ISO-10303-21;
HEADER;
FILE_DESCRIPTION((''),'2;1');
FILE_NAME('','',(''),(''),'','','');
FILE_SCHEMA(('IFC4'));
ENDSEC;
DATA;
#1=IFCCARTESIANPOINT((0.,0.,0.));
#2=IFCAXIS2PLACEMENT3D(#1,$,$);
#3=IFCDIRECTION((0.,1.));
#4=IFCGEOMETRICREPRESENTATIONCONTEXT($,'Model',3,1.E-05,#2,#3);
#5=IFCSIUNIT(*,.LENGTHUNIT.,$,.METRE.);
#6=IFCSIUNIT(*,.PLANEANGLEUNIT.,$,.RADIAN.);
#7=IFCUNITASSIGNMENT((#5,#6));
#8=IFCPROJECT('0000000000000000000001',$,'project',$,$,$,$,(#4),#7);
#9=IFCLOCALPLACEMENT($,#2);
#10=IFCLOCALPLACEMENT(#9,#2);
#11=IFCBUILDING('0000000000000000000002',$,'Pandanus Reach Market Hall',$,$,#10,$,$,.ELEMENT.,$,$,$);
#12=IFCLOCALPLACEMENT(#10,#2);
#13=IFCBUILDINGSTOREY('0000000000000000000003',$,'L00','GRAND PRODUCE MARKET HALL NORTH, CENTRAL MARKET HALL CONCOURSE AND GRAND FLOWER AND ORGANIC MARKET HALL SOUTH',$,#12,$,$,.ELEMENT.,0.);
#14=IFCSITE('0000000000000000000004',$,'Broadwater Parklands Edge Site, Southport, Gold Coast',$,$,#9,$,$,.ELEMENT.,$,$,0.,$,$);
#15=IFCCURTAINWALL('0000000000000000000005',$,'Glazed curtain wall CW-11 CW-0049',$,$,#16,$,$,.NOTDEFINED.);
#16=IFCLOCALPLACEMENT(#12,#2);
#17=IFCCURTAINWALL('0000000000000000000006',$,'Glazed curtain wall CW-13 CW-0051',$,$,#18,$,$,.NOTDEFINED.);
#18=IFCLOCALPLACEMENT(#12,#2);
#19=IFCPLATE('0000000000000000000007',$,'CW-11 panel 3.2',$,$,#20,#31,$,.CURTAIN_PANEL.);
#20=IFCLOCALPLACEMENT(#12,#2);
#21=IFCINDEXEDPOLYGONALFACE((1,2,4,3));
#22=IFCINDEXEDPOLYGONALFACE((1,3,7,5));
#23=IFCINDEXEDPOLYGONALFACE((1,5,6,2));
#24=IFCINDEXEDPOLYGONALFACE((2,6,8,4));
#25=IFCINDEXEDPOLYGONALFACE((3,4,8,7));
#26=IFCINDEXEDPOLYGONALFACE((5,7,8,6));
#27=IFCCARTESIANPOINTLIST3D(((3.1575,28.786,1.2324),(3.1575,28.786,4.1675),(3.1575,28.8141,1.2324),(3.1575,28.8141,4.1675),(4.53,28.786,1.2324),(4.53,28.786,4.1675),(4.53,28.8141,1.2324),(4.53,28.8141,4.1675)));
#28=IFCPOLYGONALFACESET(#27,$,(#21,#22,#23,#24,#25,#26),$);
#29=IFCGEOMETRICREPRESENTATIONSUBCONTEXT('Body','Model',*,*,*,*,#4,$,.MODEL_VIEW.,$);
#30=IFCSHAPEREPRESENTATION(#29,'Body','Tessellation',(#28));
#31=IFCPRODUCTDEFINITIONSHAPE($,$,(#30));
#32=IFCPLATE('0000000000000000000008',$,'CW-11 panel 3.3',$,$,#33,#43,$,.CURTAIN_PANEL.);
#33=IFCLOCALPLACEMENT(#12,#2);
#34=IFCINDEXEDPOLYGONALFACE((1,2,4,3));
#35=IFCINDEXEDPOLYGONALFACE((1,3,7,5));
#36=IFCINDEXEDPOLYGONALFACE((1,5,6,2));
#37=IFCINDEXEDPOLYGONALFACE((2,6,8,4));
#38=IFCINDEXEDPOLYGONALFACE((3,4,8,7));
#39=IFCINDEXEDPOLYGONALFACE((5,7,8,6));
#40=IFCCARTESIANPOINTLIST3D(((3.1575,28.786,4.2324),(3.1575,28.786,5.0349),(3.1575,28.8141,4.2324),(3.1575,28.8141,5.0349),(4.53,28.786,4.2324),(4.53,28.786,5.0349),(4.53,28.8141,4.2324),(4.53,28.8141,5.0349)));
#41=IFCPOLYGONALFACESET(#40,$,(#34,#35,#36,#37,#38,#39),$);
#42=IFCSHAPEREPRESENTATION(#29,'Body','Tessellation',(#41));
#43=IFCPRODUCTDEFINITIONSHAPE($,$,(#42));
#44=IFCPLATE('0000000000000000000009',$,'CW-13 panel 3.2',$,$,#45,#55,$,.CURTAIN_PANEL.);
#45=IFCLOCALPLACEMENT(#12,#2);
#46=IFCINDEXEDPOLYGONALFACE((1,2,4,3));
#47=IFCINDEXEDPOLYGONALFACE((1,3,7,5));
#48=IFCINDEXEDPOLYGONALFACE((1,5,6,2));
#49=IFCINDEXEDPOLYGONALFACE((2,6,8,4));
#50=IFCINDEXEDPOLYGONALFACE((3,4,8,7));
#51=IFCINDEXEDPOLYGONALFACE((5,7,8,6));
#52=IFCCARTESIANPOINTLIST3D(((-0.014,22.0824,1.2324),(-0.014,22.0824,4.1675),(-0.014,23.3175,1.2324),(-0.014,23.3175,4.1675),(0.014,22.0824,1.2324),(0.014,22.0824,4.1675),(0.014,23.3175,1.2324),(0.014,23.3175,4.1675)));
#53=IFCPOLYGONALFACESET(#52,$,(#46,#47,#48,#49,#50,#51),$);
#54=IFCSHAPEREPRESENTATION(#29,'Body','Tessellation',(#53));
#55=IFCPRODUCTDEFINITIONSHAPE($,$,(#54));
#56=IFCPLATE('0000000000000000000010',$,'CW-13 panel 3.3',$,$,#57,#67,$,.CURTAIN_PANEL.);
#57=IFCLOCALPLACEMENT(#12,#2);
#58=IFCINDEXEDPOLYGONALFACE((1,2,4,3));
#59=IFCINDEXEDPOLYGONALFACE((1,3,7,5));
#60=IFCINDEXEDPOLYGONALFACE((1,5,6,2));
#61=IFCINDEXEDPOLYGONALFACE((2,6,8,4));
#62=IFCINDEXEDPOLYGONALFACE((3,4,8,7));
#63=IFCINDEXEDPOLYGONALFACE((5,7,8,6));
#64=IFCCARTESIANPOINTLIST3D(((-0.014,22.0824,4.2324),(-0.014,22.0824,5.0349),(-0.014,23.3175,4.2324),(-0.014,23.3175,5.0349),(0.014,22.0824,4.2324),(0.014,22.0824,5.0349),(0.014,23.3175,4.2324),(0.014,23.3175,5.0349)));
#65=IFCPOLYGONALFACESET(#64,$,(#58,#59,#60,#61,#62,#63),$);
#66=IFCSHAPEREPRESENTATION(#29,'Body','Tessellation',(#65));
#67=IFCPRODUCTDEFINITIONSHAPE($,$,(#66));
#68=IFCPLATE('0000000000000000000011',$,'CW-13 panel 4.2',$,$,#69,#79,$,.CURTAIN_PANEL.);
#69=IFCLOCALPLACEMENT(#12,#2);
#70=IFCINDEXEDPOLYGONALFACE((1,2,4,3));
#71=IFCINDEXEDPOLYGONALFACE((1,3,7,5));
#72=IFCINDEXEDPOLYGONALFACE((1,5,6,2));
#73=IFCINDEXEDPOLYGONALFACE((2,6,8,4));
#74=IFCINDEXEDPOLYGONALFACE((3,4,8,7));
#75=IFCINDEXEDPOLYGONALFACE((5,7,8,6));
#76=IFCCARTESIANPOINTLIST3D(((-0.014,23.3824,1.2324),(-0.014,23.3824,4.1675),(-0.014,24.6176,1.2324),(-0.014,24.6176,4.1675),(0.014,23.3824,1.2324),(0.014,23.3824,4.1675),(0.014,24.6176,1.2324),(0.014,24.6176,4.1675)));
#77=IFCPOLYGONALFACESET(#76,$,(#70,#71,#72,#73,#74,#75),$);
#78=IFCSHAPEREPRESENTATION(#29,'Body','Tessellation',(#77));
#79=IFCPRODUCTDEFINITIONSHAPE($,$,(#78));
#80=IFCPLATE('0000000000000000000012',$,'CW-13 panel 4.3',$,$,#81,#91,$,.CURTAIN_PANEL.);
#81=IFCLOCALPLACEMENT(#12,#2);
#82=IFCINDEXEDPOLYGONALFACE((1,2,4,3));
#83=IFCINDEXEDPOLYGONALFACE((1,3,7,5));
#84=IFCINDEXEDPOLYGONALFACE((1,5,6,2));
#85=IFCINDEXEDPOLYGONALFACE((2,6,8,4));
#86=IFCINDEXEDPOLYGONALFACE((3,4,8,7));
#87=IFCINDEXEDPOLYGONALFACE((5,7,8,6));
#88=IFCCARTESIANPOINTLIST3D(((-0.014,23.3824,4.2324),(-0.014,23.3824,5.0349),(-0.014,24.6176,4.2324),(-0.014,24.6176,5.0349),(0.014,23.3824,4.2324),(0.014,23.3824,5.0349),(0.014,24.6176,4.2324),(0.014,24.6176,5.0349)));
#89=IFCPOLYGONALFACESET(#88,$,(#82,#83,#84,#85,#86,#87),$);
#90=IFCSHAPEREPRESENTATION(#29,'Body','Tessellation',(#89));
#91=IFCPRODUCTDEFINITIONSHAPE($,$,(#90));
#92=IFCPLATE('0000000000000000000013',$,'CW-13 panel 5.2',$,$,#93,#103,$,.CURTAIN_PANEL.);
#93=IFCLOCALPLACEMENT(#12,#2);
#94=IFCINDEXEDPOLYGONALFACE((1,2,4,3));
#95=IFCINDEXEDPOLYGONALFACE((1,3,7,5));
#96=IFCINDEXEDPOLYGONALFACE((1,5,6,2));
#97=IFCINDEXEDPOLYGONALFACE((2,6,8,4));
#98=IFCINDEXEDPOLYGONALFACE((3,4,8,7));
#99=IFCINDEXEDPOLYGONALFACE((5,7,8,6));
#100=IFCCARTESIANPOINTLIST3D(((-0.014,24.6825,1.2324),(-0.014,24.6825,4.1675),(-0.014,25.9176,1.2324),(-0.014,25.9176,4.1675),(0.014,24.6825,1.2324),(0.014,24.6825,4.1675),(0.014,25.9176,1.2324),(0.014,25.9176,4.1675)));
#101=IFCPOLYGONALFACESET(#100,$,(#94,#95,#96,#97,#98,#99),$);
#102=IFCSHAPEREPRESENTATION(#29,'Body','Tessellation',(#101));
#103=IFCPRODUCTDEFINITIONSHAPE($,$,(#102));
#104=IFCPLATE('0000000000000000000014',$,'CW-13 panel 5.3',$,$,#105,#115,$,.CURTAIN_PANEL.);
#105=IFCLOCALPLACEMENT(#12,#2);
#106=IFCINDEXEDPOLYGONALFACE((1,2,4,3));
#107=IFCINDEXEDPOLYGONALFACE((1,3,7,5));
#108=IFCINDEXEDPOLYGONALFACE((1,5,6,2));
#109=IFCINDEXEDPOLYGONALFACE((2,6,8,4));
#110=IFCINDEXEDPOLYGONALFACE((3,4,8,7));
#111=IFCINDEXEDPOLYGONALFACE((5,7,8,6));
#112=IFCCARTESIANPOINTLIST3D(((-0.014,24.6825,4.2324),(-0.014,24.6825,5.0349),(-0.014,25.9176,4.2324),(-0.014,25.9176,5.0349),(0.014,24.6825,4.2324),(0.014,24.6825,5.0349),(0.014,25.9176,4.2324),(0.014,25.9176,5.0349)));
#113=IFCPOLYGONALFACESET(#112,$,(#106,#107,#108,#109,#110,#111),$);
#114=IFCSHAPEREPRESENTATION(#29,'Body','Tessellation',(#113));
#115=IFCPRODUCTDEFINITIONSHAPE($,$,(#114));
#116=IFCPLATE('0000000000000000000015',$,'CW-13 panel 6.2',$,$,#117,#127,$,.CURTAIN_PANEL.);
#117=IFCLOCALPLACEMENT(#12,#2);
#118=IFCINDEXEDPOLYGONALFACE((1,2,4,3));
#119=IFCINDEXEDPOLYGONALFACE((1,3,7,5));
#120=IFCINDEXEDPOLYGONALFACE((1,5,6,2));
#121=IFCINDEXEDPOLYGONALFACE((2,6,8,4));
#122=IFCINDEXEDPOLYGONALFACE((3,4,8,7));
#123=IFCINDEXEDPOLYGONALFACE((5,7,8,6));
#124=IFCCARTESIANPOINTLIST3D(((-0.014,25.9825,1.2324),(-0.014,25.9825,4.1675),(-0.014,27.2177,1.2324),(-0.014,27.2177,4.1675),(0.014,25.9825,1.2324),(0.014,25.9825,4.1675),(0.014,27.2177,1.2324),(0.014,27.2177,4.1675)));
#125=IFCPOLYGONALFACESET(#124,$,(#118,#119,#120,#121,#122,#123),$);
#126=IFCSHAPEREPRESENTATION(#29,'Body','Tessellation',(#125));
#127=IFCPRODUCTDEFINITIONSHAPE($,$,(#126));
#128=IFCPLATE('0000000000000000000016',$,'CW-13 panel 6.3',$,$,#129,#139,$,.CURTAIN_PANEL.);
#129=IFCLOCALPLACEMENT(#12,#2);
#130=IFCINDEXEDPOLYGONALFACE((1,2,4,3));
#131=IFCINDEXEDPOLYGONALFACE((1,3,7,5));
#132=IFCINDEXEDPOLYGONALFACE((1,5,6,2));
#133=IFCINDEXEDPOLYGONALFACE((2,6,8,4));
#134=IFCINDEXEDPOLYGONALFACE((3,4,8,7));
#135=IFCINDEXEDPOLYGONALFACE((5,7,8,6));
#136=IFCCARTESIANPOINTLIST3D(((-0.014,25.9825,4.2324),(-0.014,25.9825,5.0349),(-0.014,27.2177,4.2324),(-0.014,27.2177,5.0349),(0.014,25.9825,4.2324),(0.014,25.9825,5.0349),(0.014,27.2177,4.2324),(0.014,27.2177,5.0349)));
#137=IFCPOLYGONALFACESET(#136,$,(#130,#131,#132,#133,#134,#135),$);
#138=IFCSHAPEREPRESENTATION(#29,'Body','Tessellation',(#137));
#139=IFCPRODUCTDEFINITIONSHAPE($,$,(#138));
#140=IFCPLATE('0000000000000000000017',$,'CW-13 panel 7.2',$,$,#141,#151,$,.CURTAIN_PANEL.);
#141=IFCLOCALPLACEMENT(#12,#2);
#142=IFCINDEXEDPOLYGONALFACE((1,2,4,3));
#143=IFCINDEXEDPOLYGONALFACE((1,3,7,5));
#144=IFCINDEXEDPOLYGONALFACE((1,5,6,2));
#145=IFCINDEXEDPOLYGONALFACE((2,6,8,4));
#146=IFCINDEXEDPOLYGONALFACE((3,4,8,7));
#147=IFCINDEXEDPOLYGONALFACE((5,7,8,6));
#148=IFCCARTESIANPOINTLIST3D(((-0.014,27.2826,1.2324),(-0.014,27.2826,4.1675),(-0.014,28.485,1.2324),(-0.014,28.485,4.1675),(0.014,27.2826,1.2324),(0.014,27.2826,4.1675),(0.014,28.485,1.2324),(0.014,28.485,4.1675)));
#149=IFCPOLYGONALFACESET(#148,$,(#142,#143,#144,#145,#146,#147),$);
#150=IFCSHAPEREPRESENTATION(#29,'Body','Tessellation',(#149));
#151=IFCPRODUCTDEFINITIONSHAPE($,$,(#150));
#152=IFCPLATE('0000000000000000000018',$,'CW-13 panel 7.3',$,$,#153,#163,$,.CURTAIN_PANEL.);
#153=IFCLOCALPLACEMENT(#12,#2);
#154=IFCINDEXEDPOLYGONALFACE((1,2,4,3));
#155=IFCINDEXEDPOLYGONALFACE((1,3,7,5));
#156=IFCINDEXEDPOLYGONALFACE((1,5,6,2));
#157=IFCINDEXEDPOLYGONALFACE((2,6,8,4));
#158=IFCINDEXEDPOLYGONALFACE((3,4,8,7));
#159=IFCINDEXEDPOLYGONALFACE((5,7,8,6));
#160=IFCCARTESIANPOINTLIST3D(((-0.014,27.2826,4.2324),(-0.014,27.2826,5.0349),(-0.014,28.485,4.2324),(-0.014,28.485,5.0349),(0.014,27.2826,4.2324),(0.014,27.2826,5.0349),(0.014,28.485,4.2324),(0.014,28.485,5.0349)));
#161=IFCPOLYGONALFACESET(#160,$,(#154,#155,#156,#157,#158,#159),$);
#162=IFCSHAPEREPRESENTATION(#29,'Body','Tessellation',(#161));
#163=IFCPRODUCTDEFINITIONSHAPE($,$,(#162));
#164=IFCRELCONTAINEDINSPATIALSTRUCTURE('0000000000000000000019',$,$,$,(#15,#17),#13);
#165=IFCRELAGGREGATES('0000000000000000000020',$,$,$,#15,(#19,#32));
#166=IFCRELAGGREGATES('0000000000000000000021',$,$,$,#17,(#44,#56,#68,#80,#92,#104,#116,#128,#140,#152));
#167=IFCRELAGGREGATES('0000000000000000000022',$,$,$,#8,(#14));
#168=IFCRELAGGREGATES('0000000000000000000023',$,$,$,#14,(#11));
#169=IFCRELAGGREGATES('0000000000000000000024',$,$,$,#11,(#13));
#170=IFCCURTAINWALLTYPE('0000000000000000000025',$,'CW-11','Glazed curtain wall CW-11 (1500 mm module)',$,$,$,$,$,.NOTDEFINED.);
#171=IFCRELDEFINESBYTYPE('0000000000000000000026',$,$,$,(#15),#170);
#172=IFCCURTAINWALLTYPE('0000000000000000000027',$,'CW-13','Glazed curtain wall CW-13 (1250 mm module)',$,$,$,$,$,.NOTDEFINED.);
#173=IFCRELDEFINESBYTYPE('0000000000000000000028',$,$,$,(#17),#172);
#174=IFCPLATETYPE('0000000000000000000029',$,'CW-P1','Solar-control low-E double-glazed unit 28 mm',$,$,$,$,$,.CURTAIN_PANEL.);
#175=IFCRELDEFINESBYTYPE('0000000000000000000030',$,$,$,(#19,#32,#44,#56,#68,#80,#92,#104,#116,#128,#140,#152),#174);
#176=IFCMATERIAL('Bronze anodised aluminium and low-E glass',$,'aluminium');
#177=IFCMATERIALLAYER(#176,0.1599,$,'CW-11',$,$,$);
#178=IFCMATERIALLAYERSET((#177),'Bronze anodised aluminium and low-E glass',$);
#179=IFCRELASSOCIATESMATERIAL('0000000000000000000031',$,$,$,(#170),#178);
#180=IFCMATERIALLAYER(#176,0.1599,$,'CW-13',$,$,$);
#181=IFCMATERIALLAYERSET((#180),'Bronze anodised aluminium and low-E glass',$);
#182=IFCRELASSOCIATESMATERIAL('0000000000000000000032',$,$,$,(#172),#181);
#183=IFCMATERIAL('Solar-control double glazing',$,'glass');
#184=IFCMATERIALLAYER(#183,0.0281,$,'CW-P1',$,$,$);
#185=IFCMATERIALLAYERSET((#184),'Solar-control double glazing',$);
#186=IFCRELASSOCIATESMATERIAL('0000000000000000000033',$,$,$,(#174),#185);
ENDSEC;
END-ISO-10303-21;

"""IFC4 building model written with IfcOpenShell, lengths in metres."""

from ifc_helpers import new_model, si_unit, direction, frame, origin, origin_2d, place, context, subcontext, project, spatial, rectangle, extrude, material, layer, layer_set, type_object, element, aggregate, save


model = new_model("IFC4")

# Units and contexts
model_context = context("Model", 3, precision=1e-05, world=origin(), true_north=direction((0.0, 1.0)))
body_context = subcontext(model_context, "Body", "Model", "MODEL_VIEW")
ifc_project = project(units=[si_unit("LENGTHUNIT", "METRE"), si_unit("PLANEANGLEUNIT", "RADIAN")], contexts=[model_context])

# Site, building, storey
site_placement = place(None, origin())
site = spatial("IfcSite", under=ifc_project, at=site_placement, Name="Broadwater Parklands Edge Site, Southport, Gold Coast", CompositionType="ELEMENT", RefElevation=0.0)
building_placement = place(site_placement, origin())
building = spatial("IfcBuilding", under=site, at=building_placement, Name="Pandanus Reach Market Hall", CompositionType="ELEMENT")
storey_placement = place(building_placement, origin())
storey = spatial("IfcBuildingStorey", under=building, at=storey_placement, Name="L00", Description="GRAND PRODUCE MARKET HALL NORTH, CENTRAL MARKET HALL CONCOURSE AND GRAND FLOWER AND ORGANIC MARKET HALL SOUTH", CompositionType="ELEMENT", Elevation=0.0)

# Curtain walls
ifc_material_1 = material(Name="Bronze anodised aluminium and low-E glass", Category="aluminium")
ifc_layer_1 = layer(ifc_material_1, 0.1599, Name="CW-11")
ifc_layer_set_1 = layer_set([ifc_layer_1], Name="Bronze anodised aluminium and low-E glass")
curtain_wall_type_1 = type_object("IfcCurtainWallType", Name="CW-11", Description="Glazed curtain wall CW-11 (1500 mm module)", PredefinedType="NOTDEFINED", material=ifc_layer_set_1)
curtain_wall_1_placement = place(storey_placement, origin())
curtain_wall_1 = element("IfcCurtainWall", 1, at=curtain_wall_1_placement, inside=storey, type_object=curtain_wall_type_1, Name="Glazed curtain wall CW-11 CW-0049", PredefinedType="NOTDEFINED")
ifc_layer_2 = layer(ifc_material_1, 0.1599, Name="CW-13")
ifc_layer_set_2 = layer_set([ifc_layer_2], Name="Bronze anodised aluminium and low-E glass")
curtain_wall_type_2 = type_object("IfcCurtainWallType", Name="CW-13", Description="Glazed curtain wall CW-13 (1250 mm module)", PredefinedType="NOTDEFINED", material=ifc_layer_set_2)
curtain_wall_2_placement = place(storey_placement, origin())
curtain_wall_2 = element("IfcCurtainWall", 2, at=curtain_wall_2_placement, inside=storey, type_object=curtain_wall_type_2, Name="Glazed curtain wall CW-13 CW-0051", PredefinedType="NOTDEFINED")

# Plates
ifc_material_2 = material(Name="Solar-control double glazing", Category="glass")
ifc_layer_3 = layer(ifc_material_2, 0.0281, Name="CW-P1")
ifc_layer_set_3 = layer_set([ifc_layer_3], Name="Solar-control double glazing")
plate_type = type_object("IfcPlateType", Name="CW-P1", Description="Solar-control low-E double-glazed unit 28 mm", PredefinedType="CURTAIN_PANEL", material=ifc_layer_set_3)
plate_1_placement = place(storey_placement, frame((3.8438, 28.8, 1.2324), z_axis=(0.0, 0.0, 1.0), x_axis=(1.0, 0.0, 0.0)))
plate_1 = element("IfcPlate", 3, at=plate_1_placement, type_object=plate_type, Name="CW-11 panel 3.2", PredefinedType="CURTAIN_PANEL", context=body_context, shape_type="SweptSolid", body=[
    extrude(rectangle(XDim=1.3726, YDim=0.0281, at=origin_2d()), origin(), (0.0, 0.0, 1.0), 2.9351),
])
plate_2_placement = place(storey_placement, frame((3.8438, 28.8, 4.2324), z_axis=(0.0, 0.0, 1.0), x_axis=(1.0, 0.0, 0.0)))
plate_2 = element("IfcPlate", 4, at=plate_2_placement, type_object=plate_type, Name="CW-11 panel 3.3", PredefinedType="CURTAIN_PANEL", context=body_context, shape_type="SweptSolid", body=[
    extrude(rectangle(XDim=1.3726, YDim=0.0281, at=origin_2d()), origin(), (0.0, 0.0, 1.0), 0.8025),
])
aggregate(curtain_wall_1, [plate_1, plate_2])
plate_3_placement = place(storey_placement, frame((0.0, 22.7, 1.2324), z_axis=(0.0, 0.0, 1.0), x_axis=(0.0, 1.0, 0.0)))
plate_3 = element("IfcPlate", 5, at=plate_3_placement, type_object=plate_type, Name="CW-13 panel 3.2", PredefinedType="CURTAIN_PANEL", context=body_context, shape_type="SweptSolid", body=[
    extrude(rectangle(XDim=1.2351, YDim=0.0281, at=origin_2d()), origin(), (0.0, 0.0, 1.0), 2.9351),
])
plate_4_placement = place(storey_placement, frame((0.0, 22.7, 4.2324), z_axis=(0.0, 0.0, 1.0), x_axis=(0.0, 1.0, 0.0)))
plate_4 = element("IfcPlate", 6, at=plate_4_placement, type_object=plate_type, Name="CW-13 panel 3.3", PredefinedType="CURTAIN_PANEL", context=body_context, shape_type="SweptSolid", body=[
    extrude(rectangle(XDim=1.2351, YDim=0.0281, at=origin_2d()), origin(), (0.0, 0.0, 1.0), 0.8025),
])
plate_5_placement = place(storey_placement, frame((0.0, 24.0, 1.2324), z_axis=(0.0, 0.0, 1.0), x_axis=(0.0, 1.0, 0.0)))
plate_5 = element("IfcPlate", 7, at=plate_5_placement, type_object=plate_type, Name="CW-13 panel 4.2", PredefinedType="CURTAIN_PANEL", context=body_context, shape_type="SweptSolid", body=[
    extrude(rectangle(XDim=1.2351, YDim=0.0281, at=origin_2d()), origin(), (0.0, 0.0, 1.0), 2.9351),
])
plate_6_placement = place(storey_placement, frame((0.0, 24.0, 4.2324), z_axis=(0.0, 0.0, 1.0), x_axis=(0.0, 1.0, 0.0)))
plate_6 = element("IfcPlate", 8, at=plate_6_placement, type_object=plate_type, Name="CW-13 panel 4.3", PredefinedType="CURTAIN_PANEL", context=body_context, shape_type="SweptSolid", body=[
    extrude(rectangle(XDim=1.2351, YDim=0.0281, at=origin_2d()), origin(), (0.0, 0.0, 1.0), 0.8025),
])
plate_7_placement = place(storey_placement, frame((0.0, 25.3, 1.2324), z_axis=(0.0, 0.0, 1.0), x_axis=(0.0, 1.0, 0.0)))
plate_7 = element("IfcPlate", 9, at=plate_7_placement, type_object=plate_type, Name="CW-13 panel 5.2", PredefinedType="CURTAIN_PANEL", context=body_context, shape_type="SweptSolid", body=[
    extrude(rectangle(XDim=1.2351, YDim=0.0281, at=origin_2d()), origin(), (0.0, 0.0, 1.0), 2.9351),
])
plate_8_placement = place(storey_placement, frame((0.0, 25.3, 4.2324), z_axis=(0.0, 0.0, 1.0), x_axis=(0.0, 1.0, 0.0)))
plate_8 = element("IfcPlate", 10, at=plate_8_placement, type_object=plate_type, Name="CW-13 panel 5.3", PredefinedType="CURTAIN_PANEL", context=body_context, shape_type="SweptSolid", body=[
    extrude(rectangle(XDim=1.2351, YDim=0.0281, at=origin_2d()), origin(), (0.0, 0.0, 1.0), 0.8025),
])
plate_9_placement = place(storey_placement, frame((0.0, 26.6001, 1.2324), z_axis=(0.0, 0.0, 1.0), x_axis=(0.0, 1.0, 0.0)))
plate_9 = element("IfcPlate", 11, at=plate_9_placement, type_object=plate_type, Name="CW-13 panel 6.2", PredefinedType="CURTAIN_PANEL", context=body_context, shape_type="SweptSolid", body=[
    extrude(rectangle(XDim=1.2351, YDim=0.0281, at=origin_2d()), origin(), (0.0, 0.0, 1.0), 2.9351),
])
plate_10_placement = place(storey_placement, frame((0.0, 26.6001, 4.2324), z_axis=(0.0, 0.0, 1.0), x_axis=(0.0, 1.0, 0.0)))
plate_10 = element("IfcPlate", 12, at=plate_10_placement, type_object=plate_type, Name="CW-13 panel 6.3", PredefinedType="CURTAIN_PANEL", context=body_context, shape_type="SweptSolid", body=[
    extrude(rectangle(XDim=1.2351, YDim=0.0281, at=origin_2d()), origin(), (0.0, 0.0, 1.0), 0.8025),
])
plate_11_placement = place(storey_placement, frame((0.0, 27.8838, 1.2324), z_axis=(0.0, 0.0, 1.0), x_axis=(0.0, 1.0, 0.0)))
plate_11 = element("IfcPlate", 13, at=plate_11_placement, type_object=plate_type, Name="CW-13 panel 7.2", PredefinedType="CURTAIN_PANEL", context=body_context, shape_type="SweptSolid", body=[
    extrude(rectangle(XDim=1.2024, YDim=0.0281, at=origin_2d()), origin(), (0.0, 0.0, 1.0), 2.9351),
])
plate_12_placement = place(storey_placement, frame((0.0, 27.8838, 4.2324), z_axis=(0.0, 0.0, 1.0), x_axis=(0.0, 1.0, 0.0)))
plate_12 = element("IfcPlate", 14, at=plate_12_placement, type_object=plate_type, Name="CW-13 panel 7.3", PredefinedType="CURTAIN_PANEL", context=body_context, shape_type="SweptSolid", body=[
    extrude(rectangle(XDim=1.2024, YDim=0.0281, at=origin_2d()), origin(), (0.0, 0.0, 1.0), 0.8025),
])
aggregate(curtain_wall_2, [plate_3, plate_4, plate_5, plate_6, plate_7, plate_8, plate_9, plate_10, plate_11, plate_12])

save(model, "model.ifc")
